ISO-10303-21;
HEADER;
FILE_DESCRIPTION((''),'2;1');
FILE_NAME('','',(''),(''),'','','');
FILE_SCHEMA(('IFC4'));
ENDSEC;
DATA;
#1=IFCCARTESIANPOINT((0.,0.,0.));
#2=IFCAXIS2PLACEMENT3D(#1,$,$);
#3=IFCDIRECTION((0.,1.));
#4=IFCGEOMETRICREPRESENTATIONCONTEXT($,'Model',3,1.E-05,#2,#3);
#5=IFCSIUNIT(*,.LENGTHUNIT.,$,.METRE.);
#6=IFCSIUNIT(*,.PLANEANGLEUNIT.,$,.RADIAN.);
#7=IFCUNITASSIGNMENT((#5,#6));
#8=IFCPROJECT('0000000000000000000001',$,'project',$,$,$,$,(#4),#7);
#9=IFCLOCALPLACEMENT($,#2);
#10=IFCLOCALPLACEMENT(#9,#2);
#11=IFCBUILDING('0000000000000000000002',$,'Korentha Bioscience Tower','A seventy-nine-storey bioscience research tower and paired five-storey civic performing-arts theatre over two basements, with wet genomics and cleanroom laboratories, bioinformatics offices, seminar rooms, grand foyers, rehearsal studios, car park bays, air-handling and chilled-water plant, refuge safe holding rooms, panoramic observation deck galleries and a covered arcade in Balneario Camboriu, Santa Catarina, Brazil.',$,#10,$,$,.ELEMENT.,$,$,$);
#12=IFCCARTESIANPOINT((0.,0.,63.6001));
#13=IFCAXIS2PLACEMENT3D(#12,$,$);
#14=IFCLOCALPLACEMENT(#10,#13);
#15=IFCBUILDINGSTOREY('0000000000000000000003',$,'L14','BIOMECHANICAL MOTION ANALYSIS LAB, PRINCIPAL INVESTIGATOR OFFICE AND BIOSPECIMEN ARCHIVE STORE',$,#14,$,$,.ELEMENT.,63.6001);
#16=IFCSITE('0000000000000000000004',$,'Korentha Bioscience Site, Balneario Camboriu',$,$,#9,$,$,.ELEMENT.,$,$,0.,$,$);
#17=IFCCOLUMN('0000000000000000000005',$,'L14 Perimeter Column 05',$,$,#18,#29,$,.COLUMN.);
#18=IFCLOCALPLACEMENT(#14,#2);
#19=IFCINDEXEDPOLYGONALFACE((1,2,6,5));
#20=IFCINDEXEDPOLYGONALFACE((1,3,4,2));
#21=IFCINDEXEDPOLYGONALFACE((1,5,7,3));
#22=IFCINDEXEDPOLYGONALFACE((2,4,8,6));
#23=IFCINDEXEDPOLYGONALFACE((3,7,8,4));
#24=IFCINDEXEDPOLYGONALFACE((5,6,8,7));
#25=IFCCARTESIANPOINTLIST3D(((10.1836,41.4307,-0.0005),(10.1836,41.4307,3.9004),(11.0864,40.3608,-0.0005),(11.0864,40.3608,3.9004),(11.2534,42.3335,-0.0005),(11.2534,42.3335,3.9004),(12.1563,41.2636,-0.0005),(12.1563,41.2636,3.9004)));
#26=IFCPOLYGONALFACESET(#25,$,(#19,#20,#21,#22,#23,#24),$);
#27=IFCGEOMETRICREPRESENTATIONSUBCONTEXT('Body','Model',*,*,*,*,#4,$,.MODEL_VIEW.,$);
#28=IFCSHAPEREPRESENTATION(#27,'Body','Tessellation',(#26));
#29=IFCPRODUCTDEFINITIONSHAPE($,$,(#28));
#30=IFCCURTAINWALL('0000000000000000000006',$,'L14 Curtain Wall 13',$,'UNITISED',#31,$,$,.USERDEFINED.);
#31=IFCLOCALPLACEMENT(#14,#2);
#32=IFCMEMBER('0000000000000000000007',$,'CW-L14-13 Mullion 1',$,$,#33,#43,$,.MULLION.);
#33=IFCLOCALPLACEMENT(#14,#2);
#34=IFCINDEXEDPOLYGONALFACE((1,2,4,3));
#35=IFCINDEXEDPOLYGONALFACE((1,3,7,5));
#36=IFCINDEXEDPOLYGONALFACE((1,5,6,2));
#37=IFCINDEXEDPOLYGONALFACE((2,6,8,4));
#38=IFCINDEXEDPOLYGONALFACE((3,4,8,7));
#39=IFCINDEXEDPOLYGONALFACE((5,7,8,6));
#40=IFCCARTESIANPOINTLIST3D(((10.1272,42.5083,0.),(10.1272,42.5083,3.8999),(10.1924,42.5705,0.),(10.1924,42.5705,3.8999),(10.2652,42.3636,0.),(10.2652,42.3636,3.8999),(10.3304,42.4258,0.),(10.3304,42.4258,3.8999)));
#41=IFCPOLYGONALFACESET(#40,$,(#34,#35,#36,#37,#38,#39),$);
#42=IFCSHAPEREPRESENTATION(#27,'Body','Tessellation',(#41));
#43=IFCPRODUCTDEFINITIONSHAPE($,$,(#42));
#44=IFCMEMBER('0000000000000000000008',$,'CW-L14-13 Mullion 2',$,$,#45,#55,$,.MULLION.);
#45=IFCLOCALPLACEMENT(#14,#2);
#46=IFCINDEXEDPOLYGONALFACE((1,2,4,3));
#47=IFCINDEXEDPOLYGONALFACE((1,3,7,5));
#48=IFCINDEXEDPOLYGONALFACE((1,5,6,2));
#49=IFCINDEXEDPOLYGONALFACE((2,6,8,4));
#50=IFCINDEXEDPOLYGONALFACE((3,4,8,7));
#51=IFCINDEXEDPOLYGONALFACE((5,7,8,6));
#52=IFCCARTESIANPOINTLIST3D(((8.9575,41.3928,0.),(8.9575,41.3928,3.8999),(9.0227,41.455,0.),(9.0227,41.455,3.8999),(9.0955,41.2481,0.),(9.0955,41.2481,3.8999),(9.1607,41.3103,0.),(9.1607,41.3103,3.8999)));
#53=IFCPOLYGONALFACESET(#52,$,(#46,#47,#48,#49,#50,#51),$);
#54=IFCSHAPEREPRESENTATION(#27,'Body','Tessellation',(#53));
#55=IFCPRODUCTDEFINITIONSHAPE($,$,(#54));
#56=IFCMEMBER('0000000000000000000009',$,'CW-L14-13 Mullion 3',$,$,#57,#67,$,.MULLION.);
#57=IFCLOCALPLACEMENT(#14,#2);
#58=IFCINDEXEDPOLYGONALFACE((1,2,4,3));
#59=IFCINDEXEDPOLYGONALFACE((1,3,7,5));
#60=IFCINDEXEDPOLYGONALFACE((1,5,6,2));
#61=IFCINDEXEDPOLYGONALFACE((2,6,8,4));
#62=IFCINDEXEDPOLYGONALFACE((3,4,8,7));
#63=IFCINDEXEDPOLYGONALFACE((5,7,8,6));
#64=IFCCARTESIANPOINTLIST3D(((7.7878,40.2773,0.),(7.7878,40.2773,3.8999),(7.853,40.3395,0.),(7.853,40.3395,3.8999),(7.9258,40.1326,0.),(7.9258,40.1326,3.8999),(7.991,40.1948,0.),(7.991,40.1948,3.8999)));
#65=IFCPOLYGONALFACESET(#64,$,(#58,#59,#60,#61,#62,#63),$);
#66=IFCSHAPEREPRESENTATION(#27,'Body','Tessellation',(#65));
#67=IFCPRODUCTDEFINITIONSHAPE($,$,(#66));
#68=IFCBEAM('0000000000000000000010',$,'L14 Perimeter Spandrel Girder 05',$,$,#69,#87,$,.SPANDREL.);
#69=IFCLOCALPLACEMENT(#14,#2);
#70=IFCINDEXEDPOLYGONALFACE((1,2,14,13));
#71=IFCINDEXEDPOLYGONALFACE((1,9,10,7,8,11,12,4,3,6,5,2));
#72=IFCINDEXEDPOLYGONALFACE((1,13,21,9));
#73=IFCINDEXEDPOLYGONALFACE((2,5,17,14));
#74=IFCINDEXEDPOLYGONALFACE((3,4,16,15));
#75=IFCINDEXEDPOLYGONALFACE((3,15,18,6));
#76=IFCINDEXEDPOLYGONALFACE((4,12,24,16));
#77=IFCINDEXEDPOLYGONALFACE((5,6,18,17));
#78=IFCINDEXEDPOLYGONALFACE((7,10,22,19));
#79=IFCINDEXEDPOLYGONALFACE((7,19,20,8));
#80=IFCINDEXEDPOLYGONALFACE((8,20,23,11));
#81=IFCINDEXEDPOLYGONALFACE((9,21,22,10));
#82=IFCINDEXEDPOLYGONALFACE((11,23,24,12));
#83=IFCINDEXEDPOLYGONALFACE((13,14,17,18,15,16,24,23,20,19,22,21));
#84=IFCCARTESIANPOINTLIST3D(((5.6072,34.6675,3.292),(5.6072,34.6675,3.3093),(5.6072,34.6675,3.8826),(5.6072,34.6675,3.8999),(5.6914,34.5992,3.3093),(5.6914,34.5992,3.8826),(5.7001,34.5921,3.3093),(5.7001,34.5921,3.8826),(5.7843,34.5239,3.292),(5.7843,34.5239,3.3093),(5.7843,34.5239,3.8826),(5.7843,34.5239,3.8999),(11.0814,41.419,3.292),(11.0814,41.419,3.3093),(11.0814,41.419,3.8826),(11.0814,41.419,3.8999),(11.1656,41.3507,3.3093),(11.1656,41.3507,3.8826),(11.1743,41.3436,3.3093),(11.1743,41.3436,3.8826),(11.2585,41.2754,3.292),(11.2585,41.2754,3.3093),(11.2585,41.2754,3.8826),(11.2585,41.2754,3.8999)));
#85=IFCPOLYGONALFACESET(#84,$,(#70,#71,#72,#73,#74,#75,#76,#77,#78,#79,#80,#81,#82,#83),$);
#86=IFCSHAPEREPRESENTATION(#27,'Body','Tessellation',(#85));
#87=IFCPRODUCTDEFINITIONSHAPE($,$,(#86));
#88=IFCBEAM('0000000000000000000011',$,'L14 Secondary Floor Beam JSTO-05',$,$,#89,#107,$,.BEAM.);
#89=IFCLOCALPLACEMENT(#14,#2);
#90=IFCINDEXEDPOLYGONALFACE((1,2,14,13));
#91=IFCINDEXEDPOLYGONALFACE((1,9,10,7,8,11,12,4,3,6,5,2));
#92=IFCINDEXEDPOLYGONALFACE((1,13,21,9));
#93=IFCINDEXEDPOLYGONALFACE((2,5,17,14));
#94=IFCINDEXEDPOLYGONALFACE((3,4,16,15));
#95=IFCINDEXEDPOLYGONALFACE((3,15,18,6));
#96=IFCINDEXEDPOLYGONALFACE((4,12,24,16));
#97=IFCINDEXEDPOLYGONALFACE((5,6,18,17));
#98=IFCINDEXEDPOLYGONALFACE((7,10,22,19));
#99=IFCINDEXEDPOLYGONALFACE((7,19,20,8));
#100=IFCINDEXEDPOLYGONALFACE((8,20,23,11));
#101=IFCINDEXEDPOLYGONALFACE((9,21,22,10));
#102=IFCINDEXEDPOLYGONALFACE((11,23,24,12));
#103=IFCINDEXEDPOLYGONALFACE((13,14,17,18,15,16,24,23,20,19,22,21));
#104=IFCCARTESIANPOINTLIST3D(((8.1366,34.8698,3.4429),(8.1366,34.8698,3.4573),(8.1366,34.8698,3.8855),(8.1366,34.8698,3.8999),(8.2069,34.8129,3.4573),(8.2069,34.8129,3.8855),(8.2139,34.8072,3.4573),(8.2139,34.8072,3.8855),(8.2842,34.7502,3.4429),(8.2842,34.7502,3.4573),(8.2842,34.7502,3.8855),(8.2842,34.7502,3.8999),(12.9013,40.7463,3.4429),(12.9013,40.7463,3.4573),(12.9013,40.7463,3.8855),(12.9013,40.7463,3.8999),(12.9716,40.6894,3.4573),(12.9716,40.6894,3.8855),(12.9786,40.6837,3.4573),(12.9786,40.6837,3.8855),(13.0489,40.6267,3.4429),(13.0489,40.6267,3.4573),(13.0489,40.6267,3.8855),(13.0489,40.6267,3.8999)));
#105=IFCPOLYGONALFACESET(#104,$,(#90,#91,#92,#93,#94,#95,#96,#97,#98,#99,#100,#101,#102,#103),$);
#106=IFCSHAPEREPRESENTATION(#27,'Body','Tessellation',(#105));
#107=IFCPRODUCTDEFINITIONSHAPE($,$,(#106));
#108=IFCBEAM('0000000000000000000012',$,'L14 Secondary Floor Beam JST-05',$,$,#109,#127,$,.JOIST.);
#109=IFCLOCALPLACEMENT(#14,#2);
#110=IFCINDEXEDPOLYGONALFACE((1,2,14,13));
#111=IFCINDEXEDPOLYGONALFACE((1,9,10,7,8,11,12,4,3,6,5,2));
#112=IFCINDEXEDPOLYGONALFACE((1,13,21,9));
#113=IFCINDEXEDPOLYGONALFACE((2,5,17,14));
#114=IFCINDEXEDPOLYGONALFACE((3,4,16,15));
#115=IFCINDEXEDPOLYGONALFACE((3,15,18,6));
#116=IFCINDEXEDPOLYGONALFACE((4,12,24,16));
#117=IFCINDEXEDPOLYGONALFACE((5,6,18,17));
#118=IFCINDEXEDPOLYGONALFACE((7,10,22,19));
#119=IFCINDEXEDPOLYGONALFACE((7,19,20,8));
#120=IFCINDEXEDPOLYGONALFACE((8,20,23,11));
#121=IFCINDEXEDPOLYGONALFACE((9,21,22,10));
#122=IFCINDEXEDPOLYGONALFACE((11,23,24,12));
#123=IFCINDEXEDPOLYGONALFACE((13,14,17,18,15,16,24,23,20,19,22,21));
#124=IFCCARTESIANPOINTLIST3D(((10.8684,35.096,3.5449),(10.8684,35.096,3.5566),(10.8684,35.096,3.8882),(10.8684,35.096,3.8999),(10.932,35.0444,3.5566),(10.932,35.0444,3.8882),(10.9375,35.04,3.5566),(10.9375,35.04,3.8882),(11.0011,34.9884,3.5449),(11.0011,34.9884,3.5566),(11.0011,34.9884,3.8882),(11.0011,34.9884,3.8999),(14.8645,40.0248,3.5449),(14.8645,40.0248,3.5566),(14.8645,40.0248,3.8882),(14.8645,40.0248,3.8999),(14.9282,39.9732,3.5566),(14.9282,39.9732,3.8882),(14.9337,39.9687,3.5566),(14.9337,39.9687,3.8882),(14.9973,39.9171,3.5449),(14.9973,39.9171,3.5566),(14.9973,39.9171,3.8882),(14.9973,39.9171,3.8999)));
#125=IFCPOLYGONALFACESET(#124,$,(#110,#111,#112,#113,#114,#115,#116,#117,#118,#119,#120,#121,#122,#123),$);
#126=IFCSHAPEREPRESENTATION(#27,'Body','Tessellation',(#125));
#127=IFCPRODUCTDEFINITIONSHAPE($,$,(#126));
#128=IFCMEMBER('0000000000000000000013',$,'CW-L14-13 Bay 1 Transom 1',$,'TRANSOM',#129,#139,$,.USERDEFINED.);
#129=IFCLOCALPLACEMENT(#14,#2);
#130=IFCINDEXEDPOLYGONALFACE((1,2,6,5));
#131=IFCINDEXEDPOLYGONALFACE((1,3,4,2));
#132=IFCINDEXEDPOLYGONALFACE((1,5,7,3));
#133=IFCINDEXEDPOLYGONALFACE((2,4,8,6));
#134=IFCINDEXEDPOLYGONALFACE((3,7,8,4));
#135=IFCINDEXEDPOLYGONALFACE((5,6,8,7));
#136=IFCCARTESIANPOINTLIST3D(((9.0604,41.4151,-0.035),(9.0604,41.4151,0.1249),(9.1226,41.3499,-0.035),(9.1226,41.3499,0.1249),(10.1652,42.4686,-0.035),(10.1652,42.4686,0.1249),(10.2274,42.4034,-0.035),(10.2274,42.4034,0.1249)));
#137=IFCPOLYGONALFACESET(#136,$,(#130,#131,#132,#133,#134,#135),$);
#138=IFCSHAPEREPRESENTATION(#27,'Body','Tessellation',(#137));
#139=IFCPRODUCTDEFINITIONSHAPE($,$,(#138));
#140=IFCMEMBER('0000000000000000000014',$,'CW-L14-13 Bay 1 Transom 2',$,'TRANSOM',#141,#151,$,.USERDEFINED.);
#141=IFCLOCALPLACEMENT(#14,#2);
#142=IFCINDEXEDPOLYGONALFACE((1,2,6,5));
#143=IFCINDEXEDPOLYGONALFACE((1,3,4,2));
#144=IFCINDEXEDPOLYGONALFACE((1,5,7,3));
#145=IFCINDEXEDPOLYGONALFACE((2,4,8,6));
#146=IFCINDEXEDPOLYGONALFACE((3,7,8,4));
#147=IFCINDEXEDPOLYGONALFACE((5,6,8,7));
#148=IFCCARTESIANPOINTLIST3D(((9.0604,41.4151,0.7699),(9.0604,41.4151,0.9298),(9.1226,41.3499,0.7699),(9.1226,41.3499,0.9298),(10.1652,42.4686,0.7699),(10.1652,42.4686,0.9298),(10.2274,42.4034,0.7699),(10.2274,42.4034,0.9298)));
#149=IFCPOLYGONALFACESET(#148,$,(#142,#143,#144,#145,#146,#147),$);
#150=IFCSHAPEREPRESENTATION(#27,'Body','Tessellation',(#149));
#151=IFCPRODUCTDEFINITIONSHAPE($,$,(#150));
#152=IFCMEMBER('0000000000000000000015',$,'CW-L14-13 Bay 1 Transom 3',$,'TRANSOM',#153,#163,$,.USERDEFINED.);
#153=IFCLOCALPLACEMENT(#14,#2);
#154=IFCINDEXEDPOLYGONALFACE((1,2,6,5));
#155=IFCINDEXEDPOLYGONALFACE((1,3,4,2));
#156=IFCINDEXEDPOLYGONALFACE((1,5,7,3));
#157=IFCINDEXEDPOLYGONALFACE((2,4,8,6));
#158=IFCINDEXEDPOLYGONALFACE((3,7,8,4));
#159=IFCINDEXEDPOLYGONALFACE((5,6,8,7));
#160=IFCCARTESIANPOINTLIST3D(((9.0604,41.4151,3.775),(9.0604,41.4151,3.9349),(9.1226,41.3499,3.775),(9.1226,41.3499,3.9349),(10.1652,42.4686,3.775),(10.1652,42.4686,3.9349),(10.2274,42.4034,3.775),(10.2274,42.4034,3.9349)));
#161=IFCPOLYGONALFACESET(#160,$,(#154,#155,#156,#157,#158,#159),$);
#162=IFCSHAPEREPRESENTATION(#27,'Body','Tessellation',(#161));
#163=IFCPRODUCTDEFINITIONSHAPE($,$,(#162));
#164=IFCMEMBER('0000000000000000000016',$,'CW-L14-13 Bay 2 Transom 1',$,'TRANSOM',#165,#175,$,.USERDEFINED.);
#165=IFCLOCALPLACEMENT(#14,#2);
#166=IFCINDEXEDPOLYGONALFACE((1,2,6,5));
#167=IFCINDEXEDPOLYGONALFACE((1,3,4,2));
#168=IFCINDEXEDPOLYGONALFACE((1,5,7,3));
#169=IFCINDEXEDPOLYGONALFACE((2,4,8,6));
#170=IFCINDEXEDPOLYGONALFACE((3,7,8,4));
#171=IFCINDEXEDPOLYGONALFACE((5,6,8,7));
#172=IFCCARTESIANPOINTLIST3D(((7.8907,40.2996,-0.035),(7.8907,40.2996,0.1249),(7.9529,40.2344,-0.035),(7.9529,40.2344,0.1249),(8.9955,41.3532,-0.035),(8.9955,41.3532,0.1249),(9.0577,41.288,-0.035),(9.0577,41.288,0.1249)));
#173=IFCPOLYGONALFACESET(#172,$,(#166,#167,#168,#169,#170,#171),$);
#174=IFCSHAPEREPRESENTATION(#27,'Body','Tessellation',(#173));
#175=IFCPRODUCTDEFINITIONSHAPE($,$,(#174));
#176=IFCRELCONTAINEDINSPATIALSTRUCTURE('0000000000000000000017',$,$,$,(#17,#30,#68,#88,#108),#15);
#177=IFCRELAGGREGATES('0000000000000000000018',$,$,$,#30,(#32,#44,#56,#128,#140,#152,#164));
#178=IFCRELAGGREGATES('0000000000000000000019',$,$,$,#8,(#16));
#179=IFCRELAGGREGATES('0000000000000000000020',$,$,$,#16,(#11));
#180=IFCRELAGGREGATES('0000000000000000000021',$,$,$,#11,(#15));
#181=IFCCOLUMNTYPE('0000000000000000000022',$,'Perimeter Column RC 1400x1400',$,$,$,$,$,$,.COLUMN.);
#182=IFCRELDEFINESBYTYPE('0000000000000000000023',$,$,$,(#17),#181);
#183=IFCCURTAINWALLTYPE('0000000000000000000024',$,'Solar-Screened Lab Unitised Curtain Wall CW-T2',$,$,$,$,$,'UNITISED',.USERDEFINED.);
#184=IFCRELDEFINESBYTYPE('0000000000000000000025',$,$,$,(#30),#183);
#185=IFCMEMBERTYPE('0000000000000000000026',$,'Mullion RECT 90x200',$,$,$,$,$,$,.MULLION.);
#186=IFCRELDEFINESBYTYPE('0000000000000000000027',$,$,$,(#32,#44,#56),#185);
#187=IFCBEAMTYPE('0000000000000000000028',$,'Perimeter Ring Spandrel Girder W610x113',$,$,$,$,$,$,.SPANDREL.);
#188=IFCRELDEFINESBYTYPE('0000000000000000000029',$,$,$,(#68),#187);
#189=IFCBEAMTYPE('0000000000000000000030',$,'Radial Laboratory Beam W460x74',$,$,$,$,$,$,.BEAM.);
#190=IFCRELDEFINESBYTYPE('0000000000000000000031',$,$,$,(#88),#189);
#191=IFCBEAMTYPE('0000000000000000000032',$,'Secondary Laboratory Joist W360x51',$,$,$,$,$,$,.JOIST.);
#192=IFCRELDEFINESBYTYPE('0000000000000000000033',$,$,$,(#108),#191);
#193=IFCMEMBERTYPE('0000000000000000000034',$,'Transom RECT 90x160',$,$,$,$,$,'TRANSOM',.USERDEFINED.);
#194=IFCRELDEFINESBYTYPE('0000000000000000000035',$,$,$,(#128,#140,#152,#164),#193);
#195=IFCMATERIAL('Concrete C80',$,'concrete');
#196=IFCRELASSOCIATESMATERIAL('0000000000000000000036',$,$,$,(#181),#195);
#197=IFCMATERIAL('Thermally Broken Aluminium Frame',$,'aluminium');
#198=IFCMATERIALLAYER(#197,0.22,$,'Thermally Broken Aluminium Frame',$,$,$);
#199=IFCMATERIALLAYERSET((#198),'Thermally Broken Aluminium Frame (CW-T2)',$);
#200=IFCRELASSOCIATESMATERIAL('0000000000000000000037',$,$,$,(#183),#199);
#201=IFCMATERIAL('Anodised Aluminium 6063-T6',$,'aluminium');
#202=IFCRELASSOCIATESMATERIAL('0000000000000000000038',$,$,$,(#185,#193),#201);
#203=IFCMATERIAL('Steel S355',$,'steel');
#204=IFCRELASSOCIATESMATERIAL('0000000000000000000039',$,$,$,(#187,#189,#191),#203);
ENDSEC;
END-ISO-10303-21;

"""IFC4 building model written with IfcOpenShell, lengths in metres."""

from ifc_helpers import new_model, si_unit, direction, frame, origin, origin_2d, place, context, subcontext, project, spatial, rectangle, i_section, extrude, material, layer, layer_set, material_profile, profile_set, type_object, element, aggregate, save


model = new_model("IFC4")

# Units and contexts
model_context = context("Model", 3, precision=1e-05, world=origin(), true_north=direction((0.0, 1.0)))
body_context = subcontext(model_context, "Body", "Model", "MODEL_VIEW")
ifc_project = project(units=[si_unit("LENGTHUNIT", "METRE"), si_unit("PLANEANGLEUNIT", "RADIAN")], contexts=[model_context])

# Site, building, storey
site_placement = place(None, origin())
site = spatial("IfcSite", under=ifc_project, at=site_placement, Name="Korentha Bioscience Site, Balneario Camboriu", CompositionType="ELEMENT", RefElevation=0.0)
building_placement = place(site_placement, origin())
building = spatial("IfcBuilding", under=site, at=building_placement, Name="Korentha Bioscience Tower", Description="A seventy-nine-storey bioscience research tower and paired five-storey civic performing-arts theatre over two basements, with wet genomics and cleanroom laboratories, bioinformatics offices, seminar rooms, grand foyers, rehearsal studios, car park bays, air-handling and chilled-water plant, refuge safe holding rooms, panoramic observation deck galleries and a covered arcade in Balneario Camboriu, Santa Catarina, Brazil.", CompositionType="ELEMENT")
storey_placement = place(building_placement, frame((0.0, 0.0, 63.6001)))
storey = spatial("IfcBuildingStorey", under=building, at=storey_placement, Name="L14", Description="BIOMECHANICAL MOTION ANALYSIS LAB, PRINCIPAL INVESTIGATOR OFFICE AND BIOSPECIMEN ARCHIVE STORE", CompositionType="ELEMENT", Elevation=63.6001)

# Column
ifc_material_1 = material(Name="Concrete C80", Category="concrete")
ifc_material_profile_1 = material_profile(ifc_material_1, rectangle(XDim=1.3999, YDim=1.3999, at=origin_2d()), Name="Concrete C80")
ifc_profile_set_1 = profile_set([ifc_material_profile_1], Name="Concrete C80 (COL-P14)")
column_type = type_object("IfcColumnType", Name="Perimeter Column RC 1400x1400", PredefinedType="COLUMN", material=ifc_profile_set_1)
column_placement = place(storey_placement, frame((11.1699, 41.3472, -0.0005), z_axis=(0.0, 0.0, 1.0), x_axis=(0.764246, 0.644924, 0.0)))
element("IfcColumn", 1, at=column_placement, inside=storey, type_object=column_type, Name="L14 Perimeter Column 05", PredefinedType="COLUMN", context=body_context, shape_type="SweptSolid", body=[
    extrude(rectangle(XDim=1.3999, YDim=1.3999, at=origin_2d()), origin(), (0.0, 0.0, 1.0), 3.9009),
])

# Curtain wall, members
ifc_material_2 = material(Name="Thermally Broken Aluminium Frame", Category="aluminium")
ifc_layer_1 = layer(ifc_material_2, 0.22, Name="Thermally Broken Aluminium Frame")
ifc_layer_set_1 = layer_set([ifc_layer_1], Name="Thermally Broken Aluminium Frame (CW-T2)")
curtain_wall_type = type_object("IfcCurtainWallType", Name="Solar-Screened Lab Unitised Curtain Wall CW-T2", ElementType="UNITISED", PredefinedType="USERDEFINED", material=ifc_layer_set_1)
curtain_wall_placement = place(storey_placement, origin())
curtain_wall = element("IfcCurtainWall", 2, at=curtain_wall_placement, inside=storey, type_object=curtain_wall_type, Name="L14 Curtain Wall 13", ObjectType="UNITISED", PredefinedType="USERDEFINED")
ifc_material_3 = material(Name="Anodised Aluminium 6063-T6", Category="aluminium")
ifc_material_profile_2 = material_profile(ifc_material_3, rectangle(XDim=0.0901, YDim=0.2, at=origin_2d()), Name="Anodised Aluminium 6063-T6")
ifc_profile_set_2 = profile_set([ifc_material_profile_2], Name="Anodised Aluminium 6063-T6 (CW-MUL)")
member_type_1 = type_object("IfcMemberType", Name="Mullion RECT 90x200", PredefinedType="MULLION", material=ifc_profile_set_2)
member_1_placement = place(storey_placement, frame((10.2288, 42.467, 0.0), z_axis=(0.0, 0.0, 1.0), x_axis=(-0.723642, -0.690176, 0.0)))
member_1 = element("IfcMember", 3, at=member_1_placement, type_object=member_type_1, Name="CW-L14-13 Mullion 1", PredefinedType="MULLION", context=body_context, shape_type="SweptSolid", body=[
    extrude(rectangle(XDim=0.0901, YDim=0.2, at=origin_2d()), origin(), (0.0, 0.0, 1.0), 3.8999),
])
member_2_placement = place(storey_placement, frame((9.0591, 41.3516, 0.0), z_axis=(0.0, 0.0, 1.0), x_axis=(-0.723642, -0.690176, 0.0)))
member_2 = element("IfcMember", 4, at=member_2_placement, type_object=member_type_1, Name="CW-L14-13 Mullion 2", PredefinedType="MULLION", context=body_context, shape_type="SweptSolid", body=[
    extrude(rectangle(XDim=0.0901, YDim=0.2, at=origin_2d()), origin(), (0.0, 0.0, 1.0), 3.8999),
])
member_3_placement = place(storey_placement, frame((7.8894, 40.2361, 0.0), z_axis=(0.0, 0.0, 1.0), x_axis=(-0.723642, -0.690176, 0.0)))
member_3 = element("IfcMember", 5, at=member_3_placement, type_object=member_type_1, Name="CW-L14-13 Mullion 3", PredefinedType="MULLION", context=body_context, shape_type="SweptSolid", body=[
    extrude(rectangle(XDim=0.0901, YDim=0.2, at=origin_2d()), origin(), (0.0, 0.0, 1.0), 3.8999),
])

# Beams
ifc_material_4 = material(Name="Steel S355", Category="steel")
ifc_material_profile_3 = material_profile(ifc_material_4, i_section(OverallWidth=0.228, OverallDepth=0.6079, WebThickness=0.0112, FlangeThickness=0.0173, at=origin_2d()), Name="Steel S355")
ifc_profile_set_3 = profile_set([ifc_material_profile_3], Name="Steel S355 (SB-610)")
beam_type_1 = type_object("IfcBeamType", Name="Perimeter Ring Spandrel Girder W610x113", PredefinedType="SPANDREL", material=ifc_profile_set_3)
beam_1_placement = place(storey_placement, frame((11.1699, 41.3472, 3.5959), z_axis=(-0.629799, -0.776758, 0.0), x_axis=(0.776758, -0.629799, 0.0)))
element("IfcBeam", 6, at=beam_1_placement, inside=storey, type_object=beam_type_1, Name="L14 Perimeter Spandrel Girder 05", PredefinedType="SPANDREL", context=body_context, shape_type="SweptSolid", body=[
    extrude(i_section(OverallWidth=0.228, OverallDepth=0.6079, WebThickness=0.0112, FlangeThickness=0.0173, at=origin_2d()), origin(), (0.0, 0.0, 1.0), 8.6919),
])
ifc_material_profile_4 = material_profile(ifc_material_4, i_section(OverallWidth=0.1899, OverallDepth=0.457, WebThickness=0.009, FlangeThickness=0.0144, at=origin_2d()), Name="Steel S355")
ifc_profile_set_4 = profile_set([ifc_material_profile_4], Name="Steel S355 (RB-460)")
beam_type_2 = type_object("IfcBeamType", Name="Radial Laboratory Beam W460x74", PredefinedType="BEAM", material=ifc_profile_set_4)
beam_2_placement = place(storey_placement, frame((12.9751, 40.6865, 3.6714), z_axis=(-0.629798, -0.776759, 0.0), x_axis=(0.776759, -0.629798, 0.0)))
element("IfcBeam", 7, at=beam_2_placement, inside=storey, type_object=beam_type_2, Name="L14 Secondary Floor Beam JSTO-05", PredefinedType="BEAM", context=body_context, shape_type="SweptSolid", body=[
    extrude(i_section(OverallWidth=0.1899, OverallDepth=0.457, WebThickness=0.009, FlangeThickness=0.0144, at=origin_2d()), origin(), (0.0, 0.0, 1.0), 7.5654),
])
ifc_material_profile_5 = material_profile(ifc_material_4, i_section(OverallWidth=0.1709, OverallDepth=0.355, WebThickness=0.0071, FlangeThickness=0.0117, at=origin_2d()), Name="Steel S355")
ifc_profile_set_5 = profile_set([ifc_material_profile_5], Name="Steel S355 (JB-360)")
beam_type_3 = type_object("IfcBeamType", Name="Secondary Laboratory Joist W360x51", PredefinedType="JOIST", material=ifc_profile_set_5)
beam_3_placement = place(storey_placement, frame((14.9309, 39.9709, 3.7224), z_axis=(-0.629787, -0.776768, 0.0), x_axis=(0.776768, -0.629787, 0.0)))
element("IfcBeam", 8, at=beam_3_placement, inside=storey, type_object=beam_type_3, Name="L14 Secondary Floor Beam JST-05", PredefinedType="JOIST", context=body_context, shape_type="SweptSolid", body=[
    extrude(i_section(OverallWidth=0.1709, OverallDepth=0.355, WebThickness=0.0071, FlangeThickness=0.0117, at=origin_2d()), origin(), (0.0, 0.0, 1.0), 6.3452),
])

# Members
ifc_material_profile_6 = material_profile(ifc_material_3, rectangle(XDim=0.0901, YDim=0.1599, at=origin_2d()), Name="Anodised Aluminium 6063-T6")
ifc_profile_set_6 = profile_set([ifc_material_profile_6], Name="Anodised Aluminium 6063-T6 (CW-TRN)")
member_type_2 = type_object("IfcMemberType", Name="Transom RECT 90x160", ElementType="TRANSOM", PredefinedType="USERDEFINED", material=ifc_profile_set_6)
member_4_placement = place(storey_placement, frame((10.1963, 42.436, 0.0449), z_axis=(-0.7237, -0.690114, 0.0), x_axis=(0.690114, -0.7237, 0.0)))
member_4 = element("IfcMember", 9, at=member_4_placement, type_object=member_type_2, Name="CW-L14-13 Bay 1 Transom 1", ObjectType="TRANSOM", PredefinedType="USERDEFINED", context=body_context, shape_type="SweptSolid", body=[
    extrude(rectangle(XDim=0.0901, YDim=0.1599, at=origin_2d()), origin(), (0.0, 0.0, 1.0), 1.5266),
])
member_5_placement = place(storey_placement, frame((10.1963, 42.436, 0.8499), z_axis=(-0.7237, -0.690114, 0.0), x_axis=(0.690114, -0.7237, 0.0)))
member_5 = element("IfcMember", 10, at=member_5_placement, type_object=member_type_2, Name="CW-L14-13 Bay 1 Transom 2", ObjectType="TRANSOM", PredefinedType="USERDEFINED", context=body_context, shape_type="SweptSolid", body=[
    extrude(rectangle(XDim=0.0901, YDim=0.1599, at=origin_2d()), origin(), (0.0, 0.0, 1.0), 1.5266),
])
member_6_placement = place(storey_placement, frame((10.1963, 42.436, 3.855), z_axis=(-0.7237, -0.690114, 0.0), x_axis=(0.690114, -0.7237, 0.0)))
member_6 = element("IfcMember", 11, at=member_6_placement, type_object=member_type_2, Name="CW-L14-13 Bay 1 Transom 3", ObjectType="TRANSOM", PredefinedType="USERDEFINED", context=body_context, shape_type="SweptSolid", body=[
    extrude(rectangle(XDim=0.0901, YDim=0.1599, at=origin_2d()), origin(), (0.0, 0.0, 1.0), 1.5266),
])
member_7_placement = place(storey_placement, frame((9.0266, 41.3206, 0.0449), z_axis=(-0.7237, -0.690114, 0.0), x_axis=(0.690114, -0.7237, 0.0)))
member_7 = element("IfcMember", 12, at=member_7_placement, type_object=member_type_2, Name="CW-L14-13 Bay 2 Transom 1", ObjectType="TRANSOM", PredefinedType="USERDEFINED", context=body_context, shape_type="SweptSolid", body=[
    extrude(rectangle(XDim=0.0901, YDim=0.1599, at=origin_2d()), origin(), (0.0, 0.0, 1.0), 1.5266),
])

aggregate(curtain_wall, [member_1, member_2, member_3, member_4, member_5, member_6, member_7])

save(model, "model.ifc")
